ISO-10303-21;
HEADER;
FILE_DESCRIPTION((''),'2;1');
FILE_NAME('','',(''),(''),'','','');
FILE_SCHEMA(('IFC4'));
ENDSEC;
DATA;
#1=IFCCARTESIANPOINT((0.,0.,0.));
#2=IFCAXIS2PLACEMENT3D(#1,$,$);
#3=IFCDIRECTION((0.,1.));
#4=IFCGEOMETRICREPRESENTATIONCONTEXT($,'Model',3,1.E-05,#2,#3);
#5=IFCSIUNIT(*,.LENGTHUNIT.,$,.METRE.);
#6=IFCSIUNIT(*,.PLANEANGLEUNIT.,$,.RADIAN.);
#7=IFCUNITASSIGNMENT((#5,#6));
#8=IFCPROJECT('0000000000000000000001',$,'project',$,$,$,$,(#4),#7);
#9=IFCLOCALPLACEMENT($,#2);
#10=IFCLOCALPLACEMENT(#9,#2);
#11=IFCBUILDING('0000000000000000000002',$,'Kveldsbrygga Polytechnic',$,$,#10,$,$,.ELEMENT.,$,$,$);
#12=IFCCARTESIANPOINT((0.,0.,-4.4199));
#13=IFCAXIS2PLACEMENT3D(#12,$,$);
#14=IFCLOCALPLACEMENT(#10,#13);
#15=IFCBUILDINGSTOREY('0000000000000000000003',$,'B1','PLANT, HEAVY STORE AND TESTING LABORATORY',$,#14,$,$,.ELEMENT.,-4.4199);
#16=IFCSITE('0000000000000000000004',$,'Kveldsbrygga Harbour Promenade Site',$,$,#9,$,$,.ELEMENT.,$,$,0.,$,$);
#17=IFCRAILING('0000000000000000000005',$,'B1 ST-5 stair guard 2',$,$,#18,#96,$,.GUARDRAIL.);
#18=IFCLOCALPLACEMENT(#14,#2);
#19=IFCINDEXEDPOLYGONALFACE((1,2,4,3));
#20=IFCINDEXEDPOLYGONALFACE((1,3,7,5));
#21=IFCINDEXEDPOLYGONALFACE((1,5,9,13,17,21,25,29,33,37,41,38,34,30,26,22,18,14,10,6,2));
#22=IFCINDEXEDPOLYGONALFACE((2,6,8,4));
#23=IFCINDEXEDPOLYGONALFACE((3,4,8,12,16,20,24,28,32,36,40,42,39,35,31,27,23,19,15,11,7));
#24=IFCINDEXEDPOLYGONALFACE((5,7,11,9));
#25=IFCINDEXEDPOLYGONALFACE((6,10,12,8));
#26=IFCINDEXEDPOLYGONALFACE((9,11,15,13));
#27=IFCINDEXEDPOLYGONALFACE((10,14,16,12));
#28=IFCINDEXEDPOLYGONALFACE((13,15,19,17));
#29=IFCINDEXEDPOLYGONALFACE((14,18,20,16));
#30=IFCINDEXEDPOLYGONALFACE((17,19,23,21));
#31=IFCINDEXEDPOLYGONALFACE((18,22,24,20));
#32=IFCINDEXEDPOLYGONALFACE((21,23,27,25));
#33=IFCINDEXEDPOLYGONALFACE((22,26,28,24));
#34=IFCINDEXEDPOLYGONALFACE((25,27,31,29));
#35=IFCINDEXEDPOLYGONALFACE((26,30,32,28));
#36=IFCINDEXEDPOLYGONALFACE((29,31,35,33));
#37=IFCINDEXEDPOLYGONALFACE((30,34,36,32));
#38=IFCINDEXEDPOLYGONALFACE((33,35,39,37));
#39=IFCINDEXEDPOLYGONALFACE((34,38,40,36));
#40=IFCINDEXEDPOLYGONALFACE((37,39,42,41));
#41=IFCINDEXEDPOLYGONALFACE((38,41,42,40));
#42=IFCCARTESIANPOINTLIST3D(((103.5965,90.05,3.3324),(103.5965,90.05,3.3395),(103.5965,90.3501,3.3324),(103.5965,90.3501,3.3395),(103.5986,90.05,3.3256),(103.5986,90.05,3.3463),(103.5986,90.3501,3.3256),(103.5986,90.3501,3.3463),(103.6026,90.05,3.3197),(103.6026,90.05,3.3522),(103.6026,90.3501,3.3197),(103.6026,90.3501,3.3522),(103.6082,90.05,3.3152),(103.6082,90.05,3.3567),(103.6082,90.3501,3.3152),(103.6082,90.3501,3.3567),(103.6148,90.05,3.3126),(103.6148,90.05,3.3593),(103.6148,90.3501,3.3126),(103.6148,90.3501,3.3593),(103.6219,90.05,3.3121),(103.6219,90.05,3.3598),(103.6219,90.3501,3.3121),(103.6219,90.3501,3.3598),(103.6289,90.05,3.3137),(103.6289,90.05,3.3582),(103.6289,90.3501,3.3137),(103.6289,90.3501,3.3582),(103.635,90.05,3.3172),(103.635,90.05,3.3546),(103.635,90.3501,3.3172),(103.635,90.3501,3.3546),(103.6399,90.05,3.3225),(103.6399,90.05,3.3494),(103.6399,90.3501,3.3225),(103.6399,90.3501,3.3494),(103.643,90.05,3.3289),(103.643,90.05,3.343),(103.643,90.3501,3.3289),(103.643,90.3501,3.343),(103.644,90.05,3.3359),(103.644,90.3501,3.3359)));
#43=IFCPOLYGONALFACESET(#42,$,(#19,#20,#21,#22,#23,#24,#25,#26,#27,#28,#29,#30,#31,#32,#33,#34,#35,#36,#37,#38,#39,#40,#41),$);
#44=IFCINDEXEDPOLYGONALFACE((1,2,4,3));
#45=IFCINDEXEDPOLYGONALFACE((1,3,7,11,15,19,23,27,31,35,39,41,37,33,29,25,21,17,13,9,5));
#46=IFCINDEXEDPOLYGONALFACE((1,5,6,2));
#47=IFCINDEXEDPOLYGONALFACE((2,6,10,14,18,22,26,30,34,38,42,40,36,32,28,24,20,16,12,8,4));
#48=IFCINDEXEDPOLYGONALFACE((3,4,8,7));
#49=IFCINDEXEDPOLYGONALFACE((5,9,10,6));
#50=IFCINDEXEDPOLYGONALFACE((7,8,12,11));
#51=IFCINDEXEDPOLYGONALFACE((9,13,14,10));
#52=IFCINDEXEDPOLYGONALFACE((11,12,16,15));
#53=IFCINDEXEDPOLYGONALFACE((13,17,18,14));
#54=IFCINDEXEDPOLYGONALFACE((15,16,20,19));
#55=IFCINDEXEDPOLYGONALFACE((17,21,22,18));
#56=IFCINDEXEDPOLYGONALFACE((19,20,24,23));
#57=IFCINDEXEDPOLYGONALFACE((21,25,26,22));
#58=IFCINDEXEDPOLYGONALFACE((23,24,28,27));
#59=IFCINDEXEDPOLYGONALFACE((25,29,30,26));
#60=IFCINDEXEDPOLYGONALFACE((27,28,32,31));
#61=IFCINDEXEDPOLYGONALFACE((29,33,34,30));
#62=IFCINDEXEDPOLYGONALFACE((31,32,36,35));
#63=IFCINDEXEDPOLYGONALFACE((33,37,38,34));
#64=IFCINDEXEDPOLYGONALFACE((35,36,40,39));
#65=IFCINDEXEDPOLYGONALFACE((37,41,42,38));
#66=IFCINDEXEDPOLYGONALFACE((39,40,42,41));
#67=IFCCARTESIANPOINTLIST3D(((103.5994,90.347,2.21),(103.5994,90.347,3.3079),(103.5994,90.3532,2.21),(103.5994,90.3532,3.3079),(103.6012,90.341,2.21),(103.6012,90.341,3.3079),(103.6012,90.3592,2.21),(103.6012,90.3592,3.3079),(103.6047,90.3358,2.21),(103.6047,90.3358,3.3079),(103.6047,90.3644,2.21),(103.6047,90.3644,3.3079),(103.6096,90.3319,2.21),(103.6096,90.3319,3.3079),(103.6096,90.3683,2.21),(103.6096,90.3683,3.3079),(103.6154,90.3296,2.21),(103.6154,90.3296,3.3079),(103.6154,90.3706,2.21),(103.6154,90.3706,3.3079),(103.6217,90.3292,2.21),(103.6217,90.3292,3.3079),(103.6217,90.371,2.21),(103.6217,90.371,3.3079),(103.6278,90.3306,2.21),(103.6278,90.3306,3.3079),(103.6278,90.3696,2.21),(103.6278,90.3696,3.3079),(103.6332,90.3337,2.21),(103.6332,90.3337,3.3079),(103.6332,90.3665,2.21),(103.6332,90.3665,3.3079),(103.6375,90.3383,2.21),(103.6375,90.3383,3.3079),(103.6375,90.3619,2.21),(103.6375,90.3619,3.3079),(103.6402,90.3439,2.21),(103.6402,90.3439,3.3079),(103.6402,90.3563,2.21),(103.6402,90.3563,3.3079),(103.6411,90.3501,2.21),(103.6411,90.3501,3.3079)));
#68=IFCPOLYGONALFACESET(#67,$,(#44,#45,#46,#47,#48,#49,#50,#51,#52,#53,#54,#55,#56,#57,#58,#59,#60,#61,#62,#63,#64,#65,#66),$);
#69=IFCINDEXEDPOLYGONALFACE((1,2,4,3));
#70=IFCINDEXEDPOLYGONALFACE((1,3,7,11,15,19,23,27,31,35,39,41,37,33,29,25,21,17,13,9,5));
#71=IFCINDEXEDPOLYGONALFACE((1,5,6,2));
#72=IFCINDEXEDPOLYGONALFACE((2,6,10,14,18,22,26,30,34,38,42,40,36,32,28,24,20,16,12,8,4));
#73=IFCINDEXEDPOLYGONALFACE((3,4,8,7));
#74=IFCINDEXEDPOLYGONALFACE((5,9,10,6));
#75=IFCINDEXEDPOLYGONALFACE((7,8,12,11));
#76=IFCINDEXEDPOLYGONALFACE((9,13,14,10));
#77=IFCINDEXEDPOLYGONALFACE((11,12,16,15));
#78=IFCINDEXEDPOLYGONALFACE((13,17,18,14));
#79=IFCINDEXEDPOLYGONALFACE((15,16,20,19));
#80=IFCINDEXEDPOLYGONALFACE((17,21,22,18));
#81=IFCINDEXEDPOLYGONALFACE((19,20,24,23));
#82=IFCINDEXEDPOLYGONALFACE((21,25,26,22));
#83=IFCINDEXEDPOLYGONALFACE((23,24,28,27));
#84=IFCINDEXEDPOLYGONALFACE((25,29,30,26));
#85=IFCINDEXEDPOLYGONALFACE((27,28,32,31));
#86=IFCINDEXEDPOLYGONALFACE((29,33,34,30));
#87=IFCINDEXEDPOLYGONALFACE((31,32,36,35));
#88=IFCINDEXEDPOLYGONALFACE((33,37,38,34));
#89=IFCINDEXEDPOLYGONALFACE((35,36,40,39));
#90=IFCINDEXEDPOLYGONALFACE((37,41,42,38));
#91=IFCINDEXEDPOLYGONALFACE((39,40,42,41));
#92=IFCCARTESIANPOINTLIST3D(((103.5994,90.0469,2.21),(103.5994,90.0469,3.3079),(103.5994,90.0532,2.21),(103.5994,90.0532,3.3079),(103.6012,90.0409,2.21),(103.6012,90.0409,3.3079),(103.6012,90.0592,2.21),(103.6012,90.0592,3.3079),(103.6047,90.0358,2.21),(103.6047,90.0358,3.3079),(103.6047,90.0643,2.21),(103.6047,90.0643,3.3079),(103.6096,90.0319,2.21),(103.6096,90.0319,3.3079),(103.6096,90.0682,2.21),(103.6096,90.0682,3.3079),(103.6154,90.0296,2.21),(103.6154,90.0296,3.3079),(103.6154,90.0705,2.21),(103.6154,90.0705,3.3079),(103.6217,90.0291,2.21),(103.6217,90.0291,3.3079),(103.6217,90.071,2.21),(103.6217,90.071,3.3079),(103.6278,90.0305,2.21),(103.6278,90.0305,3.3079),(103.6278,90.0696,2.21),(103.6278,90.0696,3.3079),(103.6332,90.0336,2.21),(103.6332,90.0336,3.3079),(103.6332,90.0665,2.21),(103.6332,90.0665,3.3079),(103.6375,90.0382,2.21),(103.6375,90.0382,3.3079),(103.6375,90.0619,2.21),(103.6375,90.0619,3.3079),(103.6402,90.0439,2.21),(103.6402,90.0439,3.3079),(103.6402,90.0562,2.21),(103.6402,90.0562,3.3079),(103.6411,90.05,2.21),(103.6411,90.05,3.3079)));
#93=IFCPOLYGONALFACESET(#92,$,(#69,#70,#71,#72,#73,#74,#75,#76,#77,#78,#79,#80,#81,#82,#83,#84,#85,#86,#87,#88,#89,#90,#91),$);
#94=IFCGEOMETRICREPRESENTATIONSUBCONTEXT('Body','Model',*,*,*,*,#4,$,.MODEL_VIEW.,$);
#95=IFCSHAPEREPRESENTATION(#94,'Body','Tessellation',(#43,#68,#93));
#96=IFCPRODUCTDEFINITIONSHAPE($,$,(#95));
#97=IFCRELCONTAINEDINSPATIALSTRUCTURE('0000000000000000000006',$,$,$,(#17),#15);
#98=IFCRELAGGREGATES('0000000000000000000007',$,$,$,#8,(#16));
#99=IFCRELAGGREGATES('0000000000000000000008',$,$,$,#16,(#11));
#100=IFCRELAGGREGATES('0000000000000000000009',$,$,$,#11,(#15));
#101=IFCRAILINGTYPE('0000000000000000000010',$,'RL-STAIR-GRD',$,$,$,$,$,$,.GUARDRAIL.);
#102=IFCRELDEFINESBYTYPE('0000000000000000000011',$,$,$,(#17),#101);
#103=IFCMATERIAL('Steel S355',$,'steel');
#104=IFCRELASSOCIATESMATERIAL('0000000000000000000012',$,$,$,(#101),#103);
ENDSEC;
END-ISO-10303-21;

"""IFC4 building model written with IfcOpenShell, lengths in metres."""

from ifc_helpers import new_model, si_unit, direction, frame, origin, origin_2d, place, context, subcontext, project, spatial, circle, extrude, material, type_object, element, save


model = new_model("IFC4")

# Units and contexts
model_context = context("Model", 3, precision=1e-05, world=origin(), true_north=direction((0.0, 1.0)))
body_context = subcontext(model_context, "Body", "Model", "MODEL_VIEW")
ifc_project = project(units=[si_unit("LENGTHUNIT", "METRE"), si_unit("PLANEANGLEUNIT", "RADIAN")], contexts=[model_context])

# Site, building, storey
site_placement = place(None, origin())
site = spatial("IfcSite", under=ifc_project, at=site_placement, Name="Kveldsbrygga Harbour Promenade Site", CompositionType="ELEMENT", RefElevation=0.0)
building_placement = place(site_placement, origin())
building = spatial("IfcBuilding", under=site, at=building_placement, Name="Kveldsbrygga Polytechnic", CompositionType="ELEMENT")
storey_placement = place(building_placement, frame((0.0, 0.0, -4.4199)))
storey = spatial("IfcBuildingStorey", under=building, at=storey_placement, Name="B1", Description="PLANT, HEAVY STORE AND TESTING LABORATORY", CompositionType="ELEMENT", Elevation=-4.4199)

# Shared definitions
ifc_material_1 = material(Name="Steel S355", Category="steel")

# Railing
railing_type_1 = type_object("IfcRailingType", Name="RL-STAIR-GRD", PredefinedType="GUARDRAIL", material=ifc_material_1)
railing_1_placement = place(storey_placement, frame((103.6201, 90.3501, 2.21)))
element("IfcRailing", 1, at=railing_1_placement, inside=storey, type_object=railing_type_1, Name="B1 ST-5 stair guard 2", PredefinedType="GUARDRAIL", context=body_context, shape_type="SweptSolid", body=[
    extrude(circle(Radius=0.0239, at=origin_2d()), frame((0.0, 0.0, 1.126), z_axis=(0.0, -1.0, 0.0), x_axis=(1.0, 0.0, 0.0)), (0.0, 0.0, 1.0), 0.3),
    extrude(circle(Radius=0.021, at=origin_2d()), origin(), (0.0, 0.0, 1.0), 1.0979),
    extrude(circle(Radius=0.021, at=origin_2d()), frame((0.0, -0.3, 0.0)), (0.0, 0.0, 1.0), 1.0979),
])

save(model, "model.ifc")
